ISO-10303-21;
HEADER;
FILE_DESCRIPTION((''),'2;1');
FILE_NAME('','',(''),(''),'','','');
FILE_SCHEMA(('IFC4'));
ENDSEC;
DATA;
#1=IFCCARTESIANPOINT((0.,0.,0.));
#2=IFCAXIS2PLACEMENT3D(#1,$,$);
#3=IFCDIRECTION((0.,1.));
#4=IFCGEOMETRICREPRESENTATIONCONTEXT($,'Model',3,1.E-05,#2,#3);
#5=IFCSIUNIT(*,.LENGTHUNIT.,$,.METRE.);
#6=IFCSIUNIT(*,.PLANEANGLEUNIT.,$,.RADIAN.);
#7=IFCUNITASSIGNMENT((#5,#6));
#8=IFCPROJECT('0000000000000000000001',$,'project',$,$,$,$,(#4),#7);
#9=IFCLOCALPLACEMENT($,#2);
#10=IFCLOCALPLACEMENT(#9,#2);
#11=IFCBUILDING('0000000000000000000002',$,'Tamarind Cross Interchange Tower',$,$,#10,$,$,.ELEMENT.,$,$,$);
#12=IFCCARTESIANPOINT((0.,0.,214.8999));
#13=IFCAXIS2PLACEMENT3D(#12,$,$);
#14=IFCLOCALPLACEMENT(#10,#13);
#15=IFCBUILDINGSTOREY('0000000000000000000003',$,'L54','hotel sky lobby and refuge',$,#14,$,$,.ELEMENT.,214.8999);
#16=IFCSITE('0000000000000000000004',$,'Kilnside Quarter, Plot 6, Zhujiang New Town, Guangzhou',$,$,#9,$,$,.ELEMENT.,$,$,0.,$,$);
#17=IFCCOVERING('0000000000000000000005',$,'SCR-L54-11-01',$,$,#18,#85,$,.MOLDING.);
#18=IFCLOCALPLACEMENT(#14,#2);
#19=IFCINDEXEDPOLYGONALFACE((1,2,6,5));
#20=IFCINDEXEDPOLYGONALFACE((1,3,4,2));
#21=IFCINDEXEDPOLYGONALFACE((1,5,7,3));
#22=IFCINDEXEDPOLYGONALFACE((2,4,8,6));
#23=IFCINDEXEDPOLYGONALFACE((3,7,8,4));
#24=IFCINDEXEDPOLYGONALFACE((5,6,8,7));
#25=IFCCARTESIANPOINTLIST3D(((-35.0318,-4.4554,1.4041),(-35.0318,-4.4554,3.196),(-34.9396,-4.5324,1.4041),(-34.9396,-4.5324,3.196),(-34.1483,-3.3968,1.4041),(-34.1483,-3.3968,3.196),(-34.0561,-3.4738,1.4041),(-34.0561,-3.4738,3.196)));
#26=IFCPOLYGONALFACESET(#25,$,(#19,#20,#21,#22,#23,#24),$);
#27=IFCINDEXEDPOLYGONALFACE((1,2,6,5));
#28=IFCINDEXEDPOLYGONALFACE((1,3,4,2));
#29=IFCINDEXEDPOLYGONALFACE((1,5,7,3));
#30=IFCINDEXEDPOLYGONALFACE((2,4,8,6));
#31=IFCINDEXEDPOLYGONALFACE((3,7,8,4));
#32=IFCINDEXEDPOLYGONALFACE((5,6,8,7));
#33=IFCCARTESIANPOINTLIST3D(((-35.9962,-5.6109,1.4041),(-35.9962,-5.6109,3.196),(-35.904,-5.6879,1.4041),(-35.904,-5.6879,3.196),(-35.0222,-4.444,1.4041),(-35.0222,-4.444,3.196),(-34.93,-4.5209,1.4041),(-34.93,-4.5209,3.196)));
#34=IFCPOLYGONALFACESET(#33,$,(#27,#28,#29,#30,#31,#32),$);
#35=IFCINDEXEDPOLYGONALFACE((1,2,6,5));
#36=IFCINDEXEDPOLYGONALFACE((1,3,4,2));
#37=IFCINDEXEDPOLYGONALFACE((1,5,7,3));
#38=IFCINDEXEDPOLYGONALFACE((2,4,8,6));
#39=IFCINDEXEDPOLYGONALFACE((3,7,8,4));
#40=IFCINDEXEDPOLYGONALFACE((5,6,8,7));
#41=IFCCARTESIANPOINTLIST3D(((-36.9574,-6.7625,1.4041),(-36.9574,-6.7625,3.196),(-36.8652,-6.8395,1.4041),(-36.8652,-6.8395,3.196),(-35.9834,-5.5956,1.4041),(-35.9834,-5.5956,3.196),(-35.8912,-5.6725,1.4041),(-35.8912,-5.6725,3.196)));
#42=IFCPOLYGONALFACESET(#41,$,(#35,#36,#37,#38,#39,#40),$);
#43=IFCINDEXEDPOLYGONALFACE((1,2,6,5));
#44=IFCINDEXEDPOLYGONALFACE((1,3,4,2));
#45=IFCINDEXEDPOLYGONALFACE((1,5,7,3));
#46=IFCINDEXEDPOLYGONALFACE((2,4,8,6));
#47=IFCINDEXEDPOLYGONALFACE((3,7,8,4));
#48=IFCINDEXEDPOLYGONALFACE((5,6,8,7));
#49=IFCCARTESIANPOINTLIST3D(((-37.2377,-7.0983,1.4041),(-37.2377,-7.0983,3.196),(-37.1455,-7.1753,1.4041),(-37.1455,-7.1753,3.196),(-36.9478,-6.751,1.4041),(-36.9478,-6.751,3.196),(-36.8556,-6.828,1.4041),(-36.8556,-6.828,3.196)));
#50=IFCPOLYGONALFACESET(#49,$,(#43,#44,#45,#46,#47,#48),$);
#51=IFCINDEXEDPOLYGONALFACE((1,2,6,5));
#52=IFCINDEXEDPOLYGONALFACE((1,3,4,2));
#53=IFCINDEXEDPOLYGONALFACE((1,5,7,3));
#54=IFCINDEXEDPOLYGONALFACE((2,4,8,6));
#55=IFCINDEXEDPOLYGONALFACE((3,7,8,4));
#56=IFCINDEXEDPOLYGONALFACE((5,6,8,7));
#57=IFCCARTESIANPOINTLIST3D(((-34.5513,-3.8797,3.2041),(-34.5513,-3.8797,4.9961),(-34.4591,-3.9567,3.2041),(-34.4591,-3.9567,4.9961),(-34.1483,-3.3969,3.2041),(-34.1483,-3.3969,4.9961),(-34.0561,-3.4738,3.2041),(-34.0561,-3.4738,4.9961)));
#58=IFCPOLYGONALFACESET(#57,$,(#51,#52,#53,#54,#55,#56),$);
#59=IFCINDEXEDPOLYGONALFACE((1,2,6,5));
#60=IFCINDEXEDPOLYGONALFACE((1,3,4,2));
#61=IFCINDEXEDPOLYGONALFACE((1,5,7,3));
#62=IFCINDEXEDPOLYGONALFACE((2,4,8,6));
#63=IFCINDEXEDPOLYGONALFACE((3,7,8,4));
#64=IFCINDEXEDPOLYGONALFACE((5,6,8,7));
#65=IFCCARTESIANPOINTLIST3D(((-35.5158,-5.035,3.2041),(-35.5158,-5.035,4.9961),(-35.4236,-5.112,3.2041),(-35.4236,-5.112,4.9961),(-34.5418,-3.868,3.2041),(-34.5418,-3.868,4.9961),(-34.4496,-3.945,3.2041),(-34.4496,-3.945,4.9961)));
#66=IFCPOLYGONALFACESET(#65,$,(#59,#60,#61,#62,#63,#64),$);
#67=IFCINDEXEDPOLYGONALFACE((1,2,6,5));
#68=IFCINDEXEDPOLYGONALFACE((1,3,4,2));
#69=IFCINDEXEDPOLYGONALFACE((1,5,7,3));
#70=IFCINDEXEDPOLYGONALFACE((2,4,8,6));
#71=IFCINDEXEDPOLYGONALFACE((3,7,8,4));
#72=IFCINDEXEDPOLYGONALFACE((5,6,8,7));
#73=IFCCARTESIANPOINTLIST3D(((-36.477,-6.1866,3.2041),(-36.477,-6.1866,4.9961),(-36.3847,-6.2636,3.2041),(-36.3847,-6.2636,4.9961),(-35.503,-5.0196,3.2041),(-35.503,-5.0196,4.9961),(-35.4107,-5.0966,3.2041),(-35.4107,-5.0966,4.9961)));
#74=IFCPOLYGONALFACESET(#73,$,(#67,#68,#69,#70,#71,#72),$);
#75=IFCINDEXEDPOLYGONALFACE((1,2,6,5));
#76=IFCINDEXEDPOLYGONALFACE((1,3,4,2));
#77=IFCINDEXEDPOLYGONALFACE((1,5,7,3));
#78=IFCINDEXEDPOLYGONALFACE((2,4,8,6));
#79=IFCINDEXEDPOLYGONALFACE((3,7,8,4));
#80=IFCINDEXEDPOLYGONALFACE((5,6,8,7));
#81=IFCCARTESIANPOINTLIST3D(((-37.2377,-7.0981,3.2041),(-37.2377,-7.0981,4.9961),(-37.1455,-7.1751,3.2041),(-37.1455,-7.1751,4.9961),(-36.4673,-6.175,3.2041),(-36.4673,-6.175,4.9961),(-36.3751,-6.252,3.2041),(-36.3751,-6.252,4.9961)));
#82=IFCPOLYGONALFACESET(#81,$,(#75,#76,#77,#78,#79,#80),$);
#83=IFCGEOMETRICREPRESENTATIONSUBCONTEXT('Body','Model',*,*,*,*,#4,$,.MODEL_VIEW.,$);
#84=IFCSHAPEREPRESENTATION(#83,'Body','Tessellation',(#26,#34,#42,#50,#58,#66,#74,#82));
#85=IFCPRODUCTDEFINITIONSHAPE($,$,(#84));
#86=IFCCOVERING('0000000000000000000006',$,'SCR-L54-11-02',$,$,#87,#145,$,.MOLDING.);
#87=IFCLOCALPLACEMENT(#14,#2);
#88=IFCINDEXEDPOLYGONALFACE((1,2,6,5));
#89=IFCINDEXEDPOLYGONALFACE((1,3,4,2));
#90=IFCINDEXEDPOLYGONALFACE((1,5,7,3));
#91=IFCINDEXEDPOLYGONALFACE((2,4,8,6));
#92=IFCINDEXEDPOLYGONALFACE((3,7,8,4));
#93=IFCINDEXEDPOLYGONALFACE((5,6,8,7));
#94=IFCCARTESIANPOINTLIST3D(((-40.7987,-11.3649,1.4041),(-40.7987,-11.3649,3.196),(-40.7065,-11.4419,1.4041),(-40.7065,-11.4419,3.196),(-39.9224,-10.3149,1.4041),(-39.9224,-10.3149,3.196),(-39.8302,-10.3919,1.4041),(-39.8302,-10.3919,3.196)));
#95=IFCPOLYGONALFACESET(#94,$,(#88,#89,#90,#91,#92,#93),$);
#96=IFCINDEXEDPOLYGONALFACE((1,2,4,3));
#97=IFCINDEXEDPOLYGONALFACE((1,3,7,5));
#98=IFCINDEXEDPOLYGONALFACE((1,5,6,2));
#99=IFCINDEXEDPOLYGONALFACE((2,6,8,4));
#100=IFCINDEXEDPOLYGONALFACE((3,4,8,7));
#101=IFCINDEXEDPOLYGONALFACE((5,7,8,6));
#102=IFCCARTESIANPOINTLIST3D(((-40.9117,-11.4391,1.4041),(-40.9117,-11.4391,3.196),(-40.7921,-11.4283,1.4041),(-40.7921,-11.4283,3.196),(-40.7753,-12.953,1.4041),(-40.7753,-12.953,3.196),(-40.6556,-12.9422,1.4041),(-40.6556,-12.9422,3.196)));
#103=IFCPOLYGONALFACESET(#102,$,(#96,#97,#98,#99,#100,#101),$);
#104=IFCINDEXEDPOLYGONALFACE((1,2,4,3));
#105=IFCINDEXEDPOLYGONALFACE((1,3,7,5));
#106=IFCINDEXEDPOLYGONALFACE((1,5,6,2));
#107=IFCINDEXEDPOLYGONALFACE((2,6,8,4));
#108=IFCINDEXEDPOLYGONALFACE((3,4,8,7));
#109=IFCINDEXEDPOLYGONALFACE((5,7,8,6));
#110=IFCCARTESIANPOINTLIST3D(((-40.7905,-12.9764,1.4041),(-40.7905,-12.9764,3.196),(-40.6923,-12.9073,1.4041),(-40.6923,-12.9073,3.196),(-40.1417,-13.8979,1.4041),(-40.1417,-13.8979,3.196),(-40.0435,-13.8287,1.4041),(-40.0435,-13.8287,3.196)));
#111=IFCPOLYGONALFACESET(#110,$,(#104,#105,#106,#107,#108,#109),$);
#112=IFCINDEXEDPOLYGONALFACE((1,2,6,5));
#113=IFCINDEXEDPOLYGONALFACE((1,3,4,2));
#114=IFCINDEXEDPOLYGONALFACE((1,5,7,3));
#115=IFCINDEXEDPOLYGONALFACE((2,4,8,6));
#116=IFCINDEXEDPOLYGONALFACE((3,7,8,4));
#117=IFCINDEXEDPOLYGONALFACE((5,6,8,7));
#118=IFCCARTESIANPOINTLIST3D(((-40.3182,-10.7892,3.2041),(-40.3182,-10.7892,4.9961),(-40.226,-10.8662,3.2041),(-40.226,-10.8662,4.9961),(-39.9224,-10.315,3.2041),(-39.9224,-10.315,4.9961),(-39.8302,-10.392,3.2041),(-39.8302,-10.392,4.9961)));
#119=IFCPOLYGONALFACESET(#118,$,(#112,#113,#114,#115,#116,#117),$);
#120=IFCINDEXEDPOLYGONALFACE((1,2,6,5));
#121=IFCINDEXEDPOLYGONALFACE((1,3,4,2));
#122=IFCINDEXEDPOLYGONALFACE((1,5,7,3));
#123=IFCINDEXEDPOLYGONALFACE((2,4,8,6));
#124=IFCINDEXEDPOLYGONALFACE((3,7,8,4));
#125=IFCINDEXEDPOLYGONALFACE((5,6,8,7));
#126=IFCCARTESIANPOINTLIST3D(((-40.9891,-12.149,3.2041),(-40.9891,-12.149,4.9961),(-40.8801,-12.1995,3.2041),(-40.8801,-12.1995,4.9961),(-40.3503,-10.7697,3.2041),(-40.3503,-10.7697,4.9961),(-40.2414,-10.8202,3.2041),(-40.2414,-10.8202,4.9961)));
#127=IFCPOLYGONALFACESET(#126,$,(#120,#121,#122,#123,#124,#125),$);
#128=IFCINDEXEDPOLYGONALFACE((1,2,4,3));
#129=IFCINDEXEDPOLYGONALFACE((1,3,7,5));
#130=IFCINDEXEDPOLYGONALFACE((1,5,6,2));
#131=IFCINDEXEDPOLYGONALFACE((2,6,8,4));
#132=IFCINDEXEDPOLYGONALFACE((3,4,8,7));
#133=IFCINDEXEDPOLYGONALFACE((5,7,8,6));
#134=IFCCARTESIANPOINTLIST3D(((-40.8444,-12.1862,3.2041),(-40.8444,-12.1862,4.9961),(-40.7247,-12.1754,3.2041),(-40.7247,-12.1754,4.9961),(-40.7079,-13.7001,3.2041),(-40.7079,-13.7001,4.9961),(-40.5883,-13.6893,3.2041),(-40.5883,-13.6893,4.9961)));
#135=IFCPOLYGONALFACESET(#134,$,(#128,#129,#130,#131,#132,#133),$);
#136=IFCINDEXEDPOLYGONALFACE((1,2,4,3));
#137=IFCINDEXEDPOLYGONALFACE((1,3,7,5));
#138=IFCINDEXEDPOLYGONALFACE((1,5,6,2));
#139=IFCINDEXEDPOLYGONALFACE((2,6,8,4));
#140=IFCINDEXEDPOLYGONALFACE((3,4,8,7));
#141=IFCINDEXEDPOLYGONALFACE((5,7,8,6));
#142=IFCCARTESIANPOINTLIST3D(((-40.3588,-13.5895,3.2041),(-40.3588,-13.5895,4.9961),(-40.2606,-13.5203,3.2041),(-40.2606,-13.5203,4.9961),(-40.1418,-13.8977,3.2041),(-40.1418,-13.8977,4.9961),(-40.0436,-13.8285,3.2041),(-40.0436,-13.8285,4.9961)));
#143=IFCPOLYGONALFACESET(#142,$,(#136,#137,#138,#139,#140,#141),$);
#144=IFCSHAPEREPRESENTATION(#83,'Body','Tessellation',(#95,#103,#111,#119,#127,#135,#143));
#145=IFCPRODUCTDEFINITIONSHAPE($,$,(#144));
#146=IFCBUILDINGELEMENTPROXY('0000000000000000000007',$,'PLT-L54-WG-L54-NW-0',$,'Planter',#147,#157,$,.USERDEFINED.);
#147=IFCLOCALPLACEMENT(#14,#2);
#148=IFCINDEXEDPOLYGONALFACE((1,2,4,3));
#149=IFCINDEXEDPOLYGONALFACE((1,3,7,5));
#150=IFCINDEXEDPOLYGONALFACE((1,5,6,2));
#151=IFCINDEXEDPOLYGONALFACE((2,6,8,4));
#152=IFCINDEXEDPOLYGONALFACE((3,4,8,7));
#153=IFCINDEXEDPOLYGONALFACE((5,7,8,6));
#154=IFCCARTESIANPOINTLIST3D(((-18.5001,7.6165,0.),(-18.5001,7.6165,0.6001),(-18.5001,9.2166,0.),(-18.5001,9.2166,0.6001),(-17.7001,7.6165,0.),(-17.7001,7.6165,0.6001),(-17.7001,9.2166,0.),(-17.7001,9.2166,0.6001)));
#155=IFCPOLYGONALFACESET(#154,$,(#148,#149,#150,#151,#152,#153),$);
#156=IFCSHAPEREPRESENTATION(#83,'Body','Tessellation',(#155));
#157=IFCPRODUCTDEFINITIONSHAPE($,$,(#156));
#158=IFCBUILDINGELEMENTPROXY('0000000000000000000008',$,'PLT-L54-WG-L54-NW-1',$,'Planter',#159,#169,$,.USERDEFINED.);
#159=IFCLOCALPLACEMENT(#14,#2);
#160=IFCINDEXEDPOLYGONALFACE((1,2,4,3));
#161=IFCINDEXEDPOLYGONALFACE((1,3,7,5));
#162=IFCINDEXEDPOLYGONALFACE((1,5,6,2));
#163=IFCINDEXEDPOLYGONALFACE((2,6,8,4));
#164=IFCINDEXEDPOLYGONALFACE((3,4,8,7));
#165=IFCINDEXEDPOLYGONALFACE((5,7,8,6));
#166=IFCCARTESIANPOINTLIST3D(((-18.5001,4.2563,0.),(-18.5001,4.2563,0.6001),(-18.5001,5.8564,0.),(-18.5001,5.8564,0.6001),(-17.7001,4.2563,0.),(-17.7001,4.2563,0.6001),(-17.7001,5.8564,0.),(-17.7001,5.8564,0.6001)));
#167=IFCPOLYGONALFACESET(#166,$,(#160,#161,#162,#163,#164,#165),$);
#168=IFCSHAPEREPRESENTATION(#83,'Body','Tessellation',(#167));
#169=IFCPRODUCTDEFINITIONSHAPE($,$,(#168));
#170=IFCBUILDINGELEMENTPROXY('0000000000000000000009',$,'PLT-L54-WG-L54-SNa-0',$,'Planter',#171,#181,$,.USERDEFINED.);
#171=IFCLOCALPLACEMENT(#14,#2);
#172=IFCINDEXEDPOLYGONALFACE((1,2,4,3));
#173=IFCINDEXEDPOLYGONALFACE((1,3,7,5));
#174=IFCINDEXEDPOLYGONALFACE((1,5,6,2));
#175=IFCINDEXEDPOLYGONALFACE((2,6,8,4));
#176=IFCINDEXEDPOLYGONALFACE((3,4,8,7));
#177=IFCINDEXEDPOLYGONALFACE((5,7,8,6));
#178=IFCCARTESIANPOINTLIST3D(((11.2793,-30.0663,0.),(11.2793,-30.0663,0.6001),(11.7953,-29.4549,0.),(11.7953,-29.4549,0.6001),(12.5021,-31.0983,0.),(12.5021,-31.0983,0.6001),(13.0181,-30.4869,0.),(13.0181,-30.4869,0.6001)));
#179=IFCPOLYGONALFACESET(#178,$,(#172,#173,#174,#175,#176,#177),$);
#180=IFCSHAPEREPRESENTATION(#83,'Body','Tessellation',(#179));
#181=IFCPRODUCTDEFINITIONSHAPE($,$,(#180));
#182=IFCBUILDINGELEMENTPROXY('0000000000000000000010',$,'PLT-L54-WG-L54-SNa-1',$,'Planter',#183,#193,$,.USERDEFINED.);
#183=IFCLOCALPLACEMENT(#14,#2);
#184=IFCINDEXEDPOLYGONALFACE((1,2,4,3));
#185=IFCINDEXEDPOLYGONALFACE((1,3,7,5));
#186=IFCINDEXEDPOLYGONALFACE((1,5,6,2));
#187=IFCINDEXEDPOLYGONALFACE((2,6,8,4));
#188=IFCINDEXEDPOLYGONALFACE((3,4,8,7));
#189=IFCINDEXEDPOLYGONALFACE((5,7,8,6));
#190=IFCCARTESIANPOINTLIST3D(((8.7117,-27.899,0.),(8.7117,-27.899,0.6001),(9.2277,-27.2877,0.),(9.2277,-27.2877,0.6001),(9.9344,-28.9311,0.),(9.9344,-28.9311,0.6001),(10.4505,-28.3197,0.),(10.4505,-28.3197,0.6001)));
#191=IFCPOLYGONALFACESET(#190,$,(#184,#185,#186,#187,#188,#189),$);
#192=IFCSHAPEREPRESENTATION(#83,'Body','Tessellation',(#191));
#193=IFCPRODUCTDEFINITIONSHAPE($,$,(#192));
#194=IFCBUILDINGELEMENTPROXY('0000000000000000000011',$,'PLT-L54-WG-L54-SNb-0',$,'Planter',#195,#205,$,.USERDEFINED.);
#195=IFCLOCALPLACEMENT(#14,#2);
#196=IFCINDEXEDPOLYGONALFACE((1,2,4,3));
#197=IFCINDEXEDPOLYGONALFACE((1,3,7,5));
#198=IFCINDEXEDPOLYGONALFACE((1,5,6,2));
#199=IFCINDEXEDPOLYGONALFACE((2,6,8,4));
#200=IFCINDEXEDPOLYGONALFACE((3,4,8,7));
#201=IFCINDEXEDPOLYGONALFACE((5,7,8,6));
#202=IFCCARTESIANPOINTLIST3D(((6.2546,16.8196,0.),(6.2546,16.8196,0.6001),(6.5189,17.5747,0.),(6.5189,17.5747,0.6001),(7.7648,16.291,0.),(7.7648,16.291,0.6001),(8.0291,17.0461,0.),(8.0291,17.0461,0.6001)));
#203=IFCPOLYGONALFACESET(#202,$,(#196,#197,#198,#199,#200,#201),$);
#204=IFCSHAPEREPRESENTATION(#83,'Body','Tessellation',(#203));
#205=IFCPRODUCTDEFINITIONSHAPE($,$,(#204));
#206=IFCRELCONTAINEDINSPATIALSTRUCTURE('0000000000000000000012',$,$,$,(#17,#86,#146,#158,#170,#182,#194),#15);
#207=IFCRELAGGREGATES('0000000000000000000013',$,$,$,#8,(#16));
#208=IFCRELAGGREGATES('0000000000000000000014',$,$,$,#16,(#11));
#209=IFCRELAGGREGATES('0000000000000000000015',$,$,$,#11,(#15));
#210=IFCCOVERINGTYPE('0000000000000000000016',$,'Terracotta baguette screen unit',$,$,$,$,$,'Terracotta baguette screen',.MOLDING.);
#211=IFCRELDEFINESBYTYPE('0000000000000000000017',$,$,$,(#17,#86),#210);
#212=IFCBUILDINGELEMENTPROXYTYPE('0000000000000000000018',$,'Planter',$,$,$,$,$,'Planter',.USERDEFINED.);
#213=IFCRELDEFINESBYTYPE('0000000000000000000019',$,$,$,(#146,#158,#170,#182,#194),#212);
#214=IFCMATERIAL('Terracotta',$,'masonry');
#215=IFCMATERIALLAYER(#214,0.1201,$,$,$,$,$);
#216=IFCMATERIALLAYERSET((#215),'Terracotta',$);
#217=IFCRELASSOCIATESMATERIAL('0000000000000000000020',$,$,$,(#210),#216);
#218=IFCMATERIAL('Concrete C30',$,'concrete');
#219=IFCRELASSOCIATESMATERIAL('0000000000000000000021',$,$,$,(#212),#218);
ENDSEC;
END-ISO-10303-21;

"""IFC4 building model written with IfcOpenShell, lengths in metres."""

from ifc_helpers import new_model, si_unit, direction, frame, origin, origin_2d, place, context, subcontext, project, spatial, rectangle, extrude, material, layer, layer_set, type_object, element, save


model = new_model("IFC4")

# Units and contexts
model_context = context("Model", 3, precision=1e-05, world=origin(), true_north=direction((0.0, 1.0)))
body_context = subcontext(model_context, "Body", "Model", "MODEL_VIEW")
ifc_project = project(units=[si_unit("LENGTHUNIT", "METRE"), si_unit("PLANEANGLEUNIT", "RADIAN")], contexts=[model_context])

# Site, building, storey
site_placement = place(None, origin())
site = spatial("IfcSite", under=ifc_project, at=site_placement, Name="Kilnside Quarter, Plot 6, Zhujiang New Town, Guangzhou", CompositionType="ELEMENT", RefElevation=0.0)
building_placement = place(site_placement, origin())
building = spatial("IfcBuilding", under=site, at=building_placement, Name="Tamarind Cross Interchange Tower", CompositionType="ELEMENT")
storey_placement = place(building_placement, frame((0.0, 0.0, 214.8999)))
storey = spatial("IfcBuildingStorey", under=building, at=storey_placement, Name="L54", Description="hotel sky lobby and refuge", CompositionType="ELEMENT", Elevation=214.8999)

# Coverings
ifc_material_1 = material(Name="Terracotta", Category="masonry")
ifc_layer_1 = layer(ifc_material_1, 0.1201)
ifc_layer_set_1 = layer_set([ifc_layer_1], Name="Terracotta")
covering_type = type_object("IfcCoveringType", Name="Terracotta baguette screen unit", ElementType="Terracotta baguette screen", PredefinedType="MOLDING", material=ifc_layer_set_1)
covering_1_placement = place(storey_placement, origin())
element("IfcCovering", 1, at=covering_1_placement, inside=storey, type_object=covering_type, Name="SCR-L54-11-01", PredefinedType="MOLDING", context=body_context, shape_type="SweptSolid", body=[
    extrude(rectangle(XDim=1.3789, YDim=0.1201, at=origin_2d()), frame((-34.5439, -3.9646, 1.4041), z_axis=(0.0, 0.0, 1.0), x_axis=(-0.640775, -0.767729, 0.0)), (0.0, 0.0, 1.0), 1.792),
    extrude(rectangle(XDim=1.52, YDim=0.1201, at=origin_2d()), frame((-35.4631, -5.0659, 1.4041), z_axis=(0.0, 0.0, 1.0), x_axis=(-0.640775, -0.767729, 0.0)), (0.0, 0.0, 1.0), 1.792),
    extrude(rectangle(XDim=1.52, YDim=0.1201, at=origin_2d()), frame((-36.4243, -6.2175, 1.4041), z_axis=(0.0, 0.0, 1.0), x_axis=(-0.640775, -0.767729, 0.0)), (0.0, 0.0, 1.0), 1.792),
    extrude(rectangle(XDim=0.4524, YDim=0.1201, at=origin_2d()), frame((-37.0466, -6.9631, 1.4041), z_axis=(0.0, 0.0, 1.0), x_axis=(-0.640775, -0.767729, 0.0)), (0.0, 0.0, 1.0), 1.792),
    extrude(rectangle(XDim=0.6289, YDim=0.1201, at=origin_2d()), frame((-34.3037, -3.6768, 3.2041), z_axis=(0.0, 0.0, 1.0), x_axis=(-0.640775, -0.767729, 0.0)), (0.0, 0.0, 1.0), 1.792),
    extrude(rectangle(XDim=1.52, YDim=0.1201, at=origin_2d()), frame((-34.9827, -4.49, 3.2041), z_axis=(0.0, 0.0, 1.0), x_axis=(-0.640775, -0.767729, 0.0)), (0.0, 0.0, 1.0), 1.792),
    extrude(rectangle(XDim=1.52, YDim=0.1201, at=origin_2d()), frame((-35.9438, -5.6416, 3.2041), z_axis=(0.0, 0.0, 1.0), x_axis=(-0.640775, -0.767729, 0.0)), (0.0, 0.0, 1.0), 1.792),
    extrude(rectangle(XDim=1.2024, YDim=0.1201, at=origin_2d()), frame((-36.8064, -6.675, 3.2041), z_axis=(0.0, 0.0, 1.0), x_axis=(-0.640775, -0.767729, 0.0)), (0.0, 0.0, 1.0), 1.792),
])
covering_2_placement = place(storey_placement, origin())
element("IfcCovering", 2, at=covering_2_placement, inside=storey, type_object=covering_type, Name="SCR-L54-11-02", PredefinedType="MOLDING", context=body_context, shape_type="SweptSolid", body=[
    extrude(rectangle(XDim=1.3677, YDim=0.1201, at=origin_2d()), frame((-40.3145, -10.8784, 1.4041), z_axis=(0.0, 0.0, 1.0), x_axis=(-0.640775, -0.767729, 0.0)), (0.0, 0.0, 1.0), 1.792),
    extrude(rectangle(XDim=1.52, YDim=0.1201, at=origin_2d()), frame((-40.7837, -12.1907, 1.4041), z_axis=(0.0, 0.0, 1.0), x_axis=(0.08977, -0.995962, 0.0)), (0.0, 0.0, 1.0), 1.792),
    extrude(rectangle(XDim=1.127, YDim=0.1201, at=origin_2d()), frame((-40.417, -13.4026, 1.4041), z_axis=(0.0, 0.0, 1.0), x_axis=(0.575725, -0.817644, 0.0)), (0.0, 0.0, 1.0), 1.792),
    extrude(rectangle(XDim=0.6177, YDim=0.1201, at=origin_2d()), frame((-40.0742, -10.5906, 3.2041), z_axis=(0.0, 0.0, 1.0), x_axis=(-0.640775, -0.767729, 0.0)), (0.0, 0.0, 1.0), 1.792),
    extrude(rectangle(XDim=1.52, YDim=0.1201, at=origin_2d()), frame((-40.6152, -11.4846, 3.2041), z_axis=(0.0, 0.0, 1.0), x_axis=(-0.420238, -0.907414, 0.0)), (0.0, 0.0, 1.0), 1.792),
    extrude(rectangle(XDim=1.52, YDim=0.1201, at=origin_2d()), frame((-40.7163, -12.9377, 3.2041), z_axis=(0.0, 0.0, 1.0), x_axis=(0.08977, -0.995962, 0.0)), (0.0, 0.0, 1.0), 1.792),
    extrude(rectangle(XDim=0.377, YDim=0.1201, at=origin_2d()), frame((-40.2012, -13.709, 3.2041), z_axis=(0.0, 0.0, 1.0), x_axis=(0.575725, -0.817644, 0.0)), (0.0, 0.0, 1.0), 1.792),
])

# Building element proxies
ifc_material_2 = material(Name="Concrete C30", Category="concrete")
building_element_proxy_type = type_object("IfcBuildingElementProxyType", Name="Planter", ElementType="Planter", PredefinedType="USERDEFINED", material=ifc_material_2)
proxy_1_placement = place(storey_placement, origin())
element("IfcBuildingElementProxy", 3, at=proxy_1_placement, inside=storey, type_object=building_element_proxy_type, Name="PLT-L54-WG-L54-NW-0", ObjectType="Planter", PredefinedType="USERDEFINED", context=body_context, shape_type="SweptSolid", body=[
    extrude(rectangle(XDim=1.6001, YDim=0.8, at=origin_2d()), frame((-18.1001, 8.4165, 0.0), z_axis=(0.0, 0.0, 1.0), x_axis=(0.0, -1.0, 0.0)), (0.0, 0.0, 1.0), 0.6001),
])
proxy_2_placement = place(storey_placement, origin())
element("IfcBuildingElementProxy", 4, at=proxy_2_placement, inside=storey, type_object=building_element_proxy_type, Name="PLT-L54-WG-L54-NW-1", ObjectType="Planter", PredefinedType="USERDEFINED", context=body_context, shape_type="SweptSolid", body=[
    extrude(rectangle(XDim=1.6001, YDim=0.8, at=origin_2d()), frame((-18.1001, 5.0564, 0.0), z_axis=(0.0, 0.0, 1.0), x_axis=(0.0, -1.0, 0.0)), (0.0, 0.0, 1.0), 0.6001),
])
proxy_3_placement = place(storey_placement, origin())
element("IfcBuildingElementProxy", 5, at=proxy_3_placement, inside=storey, type_object=building_element_proxy_type, Name="PLT-L54-WG-L54-SNa-0", ObjectType="Planter", PredefinedType="USERDEFINED", context=body_context, shape_type="SweptSolid", body=[
    extrude(rectangle(XDim=1.6001, YDim=0.8, at=origin_2d()), frame((12.1487, -30.2766, 0.0), z_axis=(0.0, 0.0, 1.0), x_axis=(-0.76419, 0.644991, 0.0)), (0.0, 0.0, 1.0), 0.6001),
])
proxy_4_placement = place(storey_placement, origin())
element("IfcBuildingElementProxy", 6, at=proxy_4_placement, inside=storey, type_object=building_element_proxy_type, Name="PLT-L54-WG-L54-SNa-1", ObjectType="Planter", PredefinedType="USERDEFINED", context=body_context, shape_type="SweptSolid", body=[
    extrude(rectangle(XDim=1.6001, YDim=0.8, at=origin_2d()), frame((9.5811, -28.1094, 0.0), z_axis=(0.0, 0.0, 1.0), x_axis=(-0.76419, 0.644991, 0.0)), (0.0, 0.0, 1.0), 0.6001),
])
proxy_5_placement = place(storey_placement, origin())
element("IfcBuildingElementProxy", 7, at=proxy_5_placement, inside=storey, type_object=building_element_proxy_type, Name="PLT-L54-WG-L54-SNb-0", ObjectType="Planter", PredefinedType="USERDEFINED", context=body_context, shape_type="SweptSolid", body=[
    extrude(rectangle(XDim=1.6001, YDim=0.8, at=origin_2d()), frame((7.1418, 16.9329, 0.0), z_axis=(0.0, 0.0, 1.0), x_axis=(-0.943847, 0.330383, 0.0)), (0.0, 0.0, 1.0), 0.6001),
])

save(model, "model.ifc")
